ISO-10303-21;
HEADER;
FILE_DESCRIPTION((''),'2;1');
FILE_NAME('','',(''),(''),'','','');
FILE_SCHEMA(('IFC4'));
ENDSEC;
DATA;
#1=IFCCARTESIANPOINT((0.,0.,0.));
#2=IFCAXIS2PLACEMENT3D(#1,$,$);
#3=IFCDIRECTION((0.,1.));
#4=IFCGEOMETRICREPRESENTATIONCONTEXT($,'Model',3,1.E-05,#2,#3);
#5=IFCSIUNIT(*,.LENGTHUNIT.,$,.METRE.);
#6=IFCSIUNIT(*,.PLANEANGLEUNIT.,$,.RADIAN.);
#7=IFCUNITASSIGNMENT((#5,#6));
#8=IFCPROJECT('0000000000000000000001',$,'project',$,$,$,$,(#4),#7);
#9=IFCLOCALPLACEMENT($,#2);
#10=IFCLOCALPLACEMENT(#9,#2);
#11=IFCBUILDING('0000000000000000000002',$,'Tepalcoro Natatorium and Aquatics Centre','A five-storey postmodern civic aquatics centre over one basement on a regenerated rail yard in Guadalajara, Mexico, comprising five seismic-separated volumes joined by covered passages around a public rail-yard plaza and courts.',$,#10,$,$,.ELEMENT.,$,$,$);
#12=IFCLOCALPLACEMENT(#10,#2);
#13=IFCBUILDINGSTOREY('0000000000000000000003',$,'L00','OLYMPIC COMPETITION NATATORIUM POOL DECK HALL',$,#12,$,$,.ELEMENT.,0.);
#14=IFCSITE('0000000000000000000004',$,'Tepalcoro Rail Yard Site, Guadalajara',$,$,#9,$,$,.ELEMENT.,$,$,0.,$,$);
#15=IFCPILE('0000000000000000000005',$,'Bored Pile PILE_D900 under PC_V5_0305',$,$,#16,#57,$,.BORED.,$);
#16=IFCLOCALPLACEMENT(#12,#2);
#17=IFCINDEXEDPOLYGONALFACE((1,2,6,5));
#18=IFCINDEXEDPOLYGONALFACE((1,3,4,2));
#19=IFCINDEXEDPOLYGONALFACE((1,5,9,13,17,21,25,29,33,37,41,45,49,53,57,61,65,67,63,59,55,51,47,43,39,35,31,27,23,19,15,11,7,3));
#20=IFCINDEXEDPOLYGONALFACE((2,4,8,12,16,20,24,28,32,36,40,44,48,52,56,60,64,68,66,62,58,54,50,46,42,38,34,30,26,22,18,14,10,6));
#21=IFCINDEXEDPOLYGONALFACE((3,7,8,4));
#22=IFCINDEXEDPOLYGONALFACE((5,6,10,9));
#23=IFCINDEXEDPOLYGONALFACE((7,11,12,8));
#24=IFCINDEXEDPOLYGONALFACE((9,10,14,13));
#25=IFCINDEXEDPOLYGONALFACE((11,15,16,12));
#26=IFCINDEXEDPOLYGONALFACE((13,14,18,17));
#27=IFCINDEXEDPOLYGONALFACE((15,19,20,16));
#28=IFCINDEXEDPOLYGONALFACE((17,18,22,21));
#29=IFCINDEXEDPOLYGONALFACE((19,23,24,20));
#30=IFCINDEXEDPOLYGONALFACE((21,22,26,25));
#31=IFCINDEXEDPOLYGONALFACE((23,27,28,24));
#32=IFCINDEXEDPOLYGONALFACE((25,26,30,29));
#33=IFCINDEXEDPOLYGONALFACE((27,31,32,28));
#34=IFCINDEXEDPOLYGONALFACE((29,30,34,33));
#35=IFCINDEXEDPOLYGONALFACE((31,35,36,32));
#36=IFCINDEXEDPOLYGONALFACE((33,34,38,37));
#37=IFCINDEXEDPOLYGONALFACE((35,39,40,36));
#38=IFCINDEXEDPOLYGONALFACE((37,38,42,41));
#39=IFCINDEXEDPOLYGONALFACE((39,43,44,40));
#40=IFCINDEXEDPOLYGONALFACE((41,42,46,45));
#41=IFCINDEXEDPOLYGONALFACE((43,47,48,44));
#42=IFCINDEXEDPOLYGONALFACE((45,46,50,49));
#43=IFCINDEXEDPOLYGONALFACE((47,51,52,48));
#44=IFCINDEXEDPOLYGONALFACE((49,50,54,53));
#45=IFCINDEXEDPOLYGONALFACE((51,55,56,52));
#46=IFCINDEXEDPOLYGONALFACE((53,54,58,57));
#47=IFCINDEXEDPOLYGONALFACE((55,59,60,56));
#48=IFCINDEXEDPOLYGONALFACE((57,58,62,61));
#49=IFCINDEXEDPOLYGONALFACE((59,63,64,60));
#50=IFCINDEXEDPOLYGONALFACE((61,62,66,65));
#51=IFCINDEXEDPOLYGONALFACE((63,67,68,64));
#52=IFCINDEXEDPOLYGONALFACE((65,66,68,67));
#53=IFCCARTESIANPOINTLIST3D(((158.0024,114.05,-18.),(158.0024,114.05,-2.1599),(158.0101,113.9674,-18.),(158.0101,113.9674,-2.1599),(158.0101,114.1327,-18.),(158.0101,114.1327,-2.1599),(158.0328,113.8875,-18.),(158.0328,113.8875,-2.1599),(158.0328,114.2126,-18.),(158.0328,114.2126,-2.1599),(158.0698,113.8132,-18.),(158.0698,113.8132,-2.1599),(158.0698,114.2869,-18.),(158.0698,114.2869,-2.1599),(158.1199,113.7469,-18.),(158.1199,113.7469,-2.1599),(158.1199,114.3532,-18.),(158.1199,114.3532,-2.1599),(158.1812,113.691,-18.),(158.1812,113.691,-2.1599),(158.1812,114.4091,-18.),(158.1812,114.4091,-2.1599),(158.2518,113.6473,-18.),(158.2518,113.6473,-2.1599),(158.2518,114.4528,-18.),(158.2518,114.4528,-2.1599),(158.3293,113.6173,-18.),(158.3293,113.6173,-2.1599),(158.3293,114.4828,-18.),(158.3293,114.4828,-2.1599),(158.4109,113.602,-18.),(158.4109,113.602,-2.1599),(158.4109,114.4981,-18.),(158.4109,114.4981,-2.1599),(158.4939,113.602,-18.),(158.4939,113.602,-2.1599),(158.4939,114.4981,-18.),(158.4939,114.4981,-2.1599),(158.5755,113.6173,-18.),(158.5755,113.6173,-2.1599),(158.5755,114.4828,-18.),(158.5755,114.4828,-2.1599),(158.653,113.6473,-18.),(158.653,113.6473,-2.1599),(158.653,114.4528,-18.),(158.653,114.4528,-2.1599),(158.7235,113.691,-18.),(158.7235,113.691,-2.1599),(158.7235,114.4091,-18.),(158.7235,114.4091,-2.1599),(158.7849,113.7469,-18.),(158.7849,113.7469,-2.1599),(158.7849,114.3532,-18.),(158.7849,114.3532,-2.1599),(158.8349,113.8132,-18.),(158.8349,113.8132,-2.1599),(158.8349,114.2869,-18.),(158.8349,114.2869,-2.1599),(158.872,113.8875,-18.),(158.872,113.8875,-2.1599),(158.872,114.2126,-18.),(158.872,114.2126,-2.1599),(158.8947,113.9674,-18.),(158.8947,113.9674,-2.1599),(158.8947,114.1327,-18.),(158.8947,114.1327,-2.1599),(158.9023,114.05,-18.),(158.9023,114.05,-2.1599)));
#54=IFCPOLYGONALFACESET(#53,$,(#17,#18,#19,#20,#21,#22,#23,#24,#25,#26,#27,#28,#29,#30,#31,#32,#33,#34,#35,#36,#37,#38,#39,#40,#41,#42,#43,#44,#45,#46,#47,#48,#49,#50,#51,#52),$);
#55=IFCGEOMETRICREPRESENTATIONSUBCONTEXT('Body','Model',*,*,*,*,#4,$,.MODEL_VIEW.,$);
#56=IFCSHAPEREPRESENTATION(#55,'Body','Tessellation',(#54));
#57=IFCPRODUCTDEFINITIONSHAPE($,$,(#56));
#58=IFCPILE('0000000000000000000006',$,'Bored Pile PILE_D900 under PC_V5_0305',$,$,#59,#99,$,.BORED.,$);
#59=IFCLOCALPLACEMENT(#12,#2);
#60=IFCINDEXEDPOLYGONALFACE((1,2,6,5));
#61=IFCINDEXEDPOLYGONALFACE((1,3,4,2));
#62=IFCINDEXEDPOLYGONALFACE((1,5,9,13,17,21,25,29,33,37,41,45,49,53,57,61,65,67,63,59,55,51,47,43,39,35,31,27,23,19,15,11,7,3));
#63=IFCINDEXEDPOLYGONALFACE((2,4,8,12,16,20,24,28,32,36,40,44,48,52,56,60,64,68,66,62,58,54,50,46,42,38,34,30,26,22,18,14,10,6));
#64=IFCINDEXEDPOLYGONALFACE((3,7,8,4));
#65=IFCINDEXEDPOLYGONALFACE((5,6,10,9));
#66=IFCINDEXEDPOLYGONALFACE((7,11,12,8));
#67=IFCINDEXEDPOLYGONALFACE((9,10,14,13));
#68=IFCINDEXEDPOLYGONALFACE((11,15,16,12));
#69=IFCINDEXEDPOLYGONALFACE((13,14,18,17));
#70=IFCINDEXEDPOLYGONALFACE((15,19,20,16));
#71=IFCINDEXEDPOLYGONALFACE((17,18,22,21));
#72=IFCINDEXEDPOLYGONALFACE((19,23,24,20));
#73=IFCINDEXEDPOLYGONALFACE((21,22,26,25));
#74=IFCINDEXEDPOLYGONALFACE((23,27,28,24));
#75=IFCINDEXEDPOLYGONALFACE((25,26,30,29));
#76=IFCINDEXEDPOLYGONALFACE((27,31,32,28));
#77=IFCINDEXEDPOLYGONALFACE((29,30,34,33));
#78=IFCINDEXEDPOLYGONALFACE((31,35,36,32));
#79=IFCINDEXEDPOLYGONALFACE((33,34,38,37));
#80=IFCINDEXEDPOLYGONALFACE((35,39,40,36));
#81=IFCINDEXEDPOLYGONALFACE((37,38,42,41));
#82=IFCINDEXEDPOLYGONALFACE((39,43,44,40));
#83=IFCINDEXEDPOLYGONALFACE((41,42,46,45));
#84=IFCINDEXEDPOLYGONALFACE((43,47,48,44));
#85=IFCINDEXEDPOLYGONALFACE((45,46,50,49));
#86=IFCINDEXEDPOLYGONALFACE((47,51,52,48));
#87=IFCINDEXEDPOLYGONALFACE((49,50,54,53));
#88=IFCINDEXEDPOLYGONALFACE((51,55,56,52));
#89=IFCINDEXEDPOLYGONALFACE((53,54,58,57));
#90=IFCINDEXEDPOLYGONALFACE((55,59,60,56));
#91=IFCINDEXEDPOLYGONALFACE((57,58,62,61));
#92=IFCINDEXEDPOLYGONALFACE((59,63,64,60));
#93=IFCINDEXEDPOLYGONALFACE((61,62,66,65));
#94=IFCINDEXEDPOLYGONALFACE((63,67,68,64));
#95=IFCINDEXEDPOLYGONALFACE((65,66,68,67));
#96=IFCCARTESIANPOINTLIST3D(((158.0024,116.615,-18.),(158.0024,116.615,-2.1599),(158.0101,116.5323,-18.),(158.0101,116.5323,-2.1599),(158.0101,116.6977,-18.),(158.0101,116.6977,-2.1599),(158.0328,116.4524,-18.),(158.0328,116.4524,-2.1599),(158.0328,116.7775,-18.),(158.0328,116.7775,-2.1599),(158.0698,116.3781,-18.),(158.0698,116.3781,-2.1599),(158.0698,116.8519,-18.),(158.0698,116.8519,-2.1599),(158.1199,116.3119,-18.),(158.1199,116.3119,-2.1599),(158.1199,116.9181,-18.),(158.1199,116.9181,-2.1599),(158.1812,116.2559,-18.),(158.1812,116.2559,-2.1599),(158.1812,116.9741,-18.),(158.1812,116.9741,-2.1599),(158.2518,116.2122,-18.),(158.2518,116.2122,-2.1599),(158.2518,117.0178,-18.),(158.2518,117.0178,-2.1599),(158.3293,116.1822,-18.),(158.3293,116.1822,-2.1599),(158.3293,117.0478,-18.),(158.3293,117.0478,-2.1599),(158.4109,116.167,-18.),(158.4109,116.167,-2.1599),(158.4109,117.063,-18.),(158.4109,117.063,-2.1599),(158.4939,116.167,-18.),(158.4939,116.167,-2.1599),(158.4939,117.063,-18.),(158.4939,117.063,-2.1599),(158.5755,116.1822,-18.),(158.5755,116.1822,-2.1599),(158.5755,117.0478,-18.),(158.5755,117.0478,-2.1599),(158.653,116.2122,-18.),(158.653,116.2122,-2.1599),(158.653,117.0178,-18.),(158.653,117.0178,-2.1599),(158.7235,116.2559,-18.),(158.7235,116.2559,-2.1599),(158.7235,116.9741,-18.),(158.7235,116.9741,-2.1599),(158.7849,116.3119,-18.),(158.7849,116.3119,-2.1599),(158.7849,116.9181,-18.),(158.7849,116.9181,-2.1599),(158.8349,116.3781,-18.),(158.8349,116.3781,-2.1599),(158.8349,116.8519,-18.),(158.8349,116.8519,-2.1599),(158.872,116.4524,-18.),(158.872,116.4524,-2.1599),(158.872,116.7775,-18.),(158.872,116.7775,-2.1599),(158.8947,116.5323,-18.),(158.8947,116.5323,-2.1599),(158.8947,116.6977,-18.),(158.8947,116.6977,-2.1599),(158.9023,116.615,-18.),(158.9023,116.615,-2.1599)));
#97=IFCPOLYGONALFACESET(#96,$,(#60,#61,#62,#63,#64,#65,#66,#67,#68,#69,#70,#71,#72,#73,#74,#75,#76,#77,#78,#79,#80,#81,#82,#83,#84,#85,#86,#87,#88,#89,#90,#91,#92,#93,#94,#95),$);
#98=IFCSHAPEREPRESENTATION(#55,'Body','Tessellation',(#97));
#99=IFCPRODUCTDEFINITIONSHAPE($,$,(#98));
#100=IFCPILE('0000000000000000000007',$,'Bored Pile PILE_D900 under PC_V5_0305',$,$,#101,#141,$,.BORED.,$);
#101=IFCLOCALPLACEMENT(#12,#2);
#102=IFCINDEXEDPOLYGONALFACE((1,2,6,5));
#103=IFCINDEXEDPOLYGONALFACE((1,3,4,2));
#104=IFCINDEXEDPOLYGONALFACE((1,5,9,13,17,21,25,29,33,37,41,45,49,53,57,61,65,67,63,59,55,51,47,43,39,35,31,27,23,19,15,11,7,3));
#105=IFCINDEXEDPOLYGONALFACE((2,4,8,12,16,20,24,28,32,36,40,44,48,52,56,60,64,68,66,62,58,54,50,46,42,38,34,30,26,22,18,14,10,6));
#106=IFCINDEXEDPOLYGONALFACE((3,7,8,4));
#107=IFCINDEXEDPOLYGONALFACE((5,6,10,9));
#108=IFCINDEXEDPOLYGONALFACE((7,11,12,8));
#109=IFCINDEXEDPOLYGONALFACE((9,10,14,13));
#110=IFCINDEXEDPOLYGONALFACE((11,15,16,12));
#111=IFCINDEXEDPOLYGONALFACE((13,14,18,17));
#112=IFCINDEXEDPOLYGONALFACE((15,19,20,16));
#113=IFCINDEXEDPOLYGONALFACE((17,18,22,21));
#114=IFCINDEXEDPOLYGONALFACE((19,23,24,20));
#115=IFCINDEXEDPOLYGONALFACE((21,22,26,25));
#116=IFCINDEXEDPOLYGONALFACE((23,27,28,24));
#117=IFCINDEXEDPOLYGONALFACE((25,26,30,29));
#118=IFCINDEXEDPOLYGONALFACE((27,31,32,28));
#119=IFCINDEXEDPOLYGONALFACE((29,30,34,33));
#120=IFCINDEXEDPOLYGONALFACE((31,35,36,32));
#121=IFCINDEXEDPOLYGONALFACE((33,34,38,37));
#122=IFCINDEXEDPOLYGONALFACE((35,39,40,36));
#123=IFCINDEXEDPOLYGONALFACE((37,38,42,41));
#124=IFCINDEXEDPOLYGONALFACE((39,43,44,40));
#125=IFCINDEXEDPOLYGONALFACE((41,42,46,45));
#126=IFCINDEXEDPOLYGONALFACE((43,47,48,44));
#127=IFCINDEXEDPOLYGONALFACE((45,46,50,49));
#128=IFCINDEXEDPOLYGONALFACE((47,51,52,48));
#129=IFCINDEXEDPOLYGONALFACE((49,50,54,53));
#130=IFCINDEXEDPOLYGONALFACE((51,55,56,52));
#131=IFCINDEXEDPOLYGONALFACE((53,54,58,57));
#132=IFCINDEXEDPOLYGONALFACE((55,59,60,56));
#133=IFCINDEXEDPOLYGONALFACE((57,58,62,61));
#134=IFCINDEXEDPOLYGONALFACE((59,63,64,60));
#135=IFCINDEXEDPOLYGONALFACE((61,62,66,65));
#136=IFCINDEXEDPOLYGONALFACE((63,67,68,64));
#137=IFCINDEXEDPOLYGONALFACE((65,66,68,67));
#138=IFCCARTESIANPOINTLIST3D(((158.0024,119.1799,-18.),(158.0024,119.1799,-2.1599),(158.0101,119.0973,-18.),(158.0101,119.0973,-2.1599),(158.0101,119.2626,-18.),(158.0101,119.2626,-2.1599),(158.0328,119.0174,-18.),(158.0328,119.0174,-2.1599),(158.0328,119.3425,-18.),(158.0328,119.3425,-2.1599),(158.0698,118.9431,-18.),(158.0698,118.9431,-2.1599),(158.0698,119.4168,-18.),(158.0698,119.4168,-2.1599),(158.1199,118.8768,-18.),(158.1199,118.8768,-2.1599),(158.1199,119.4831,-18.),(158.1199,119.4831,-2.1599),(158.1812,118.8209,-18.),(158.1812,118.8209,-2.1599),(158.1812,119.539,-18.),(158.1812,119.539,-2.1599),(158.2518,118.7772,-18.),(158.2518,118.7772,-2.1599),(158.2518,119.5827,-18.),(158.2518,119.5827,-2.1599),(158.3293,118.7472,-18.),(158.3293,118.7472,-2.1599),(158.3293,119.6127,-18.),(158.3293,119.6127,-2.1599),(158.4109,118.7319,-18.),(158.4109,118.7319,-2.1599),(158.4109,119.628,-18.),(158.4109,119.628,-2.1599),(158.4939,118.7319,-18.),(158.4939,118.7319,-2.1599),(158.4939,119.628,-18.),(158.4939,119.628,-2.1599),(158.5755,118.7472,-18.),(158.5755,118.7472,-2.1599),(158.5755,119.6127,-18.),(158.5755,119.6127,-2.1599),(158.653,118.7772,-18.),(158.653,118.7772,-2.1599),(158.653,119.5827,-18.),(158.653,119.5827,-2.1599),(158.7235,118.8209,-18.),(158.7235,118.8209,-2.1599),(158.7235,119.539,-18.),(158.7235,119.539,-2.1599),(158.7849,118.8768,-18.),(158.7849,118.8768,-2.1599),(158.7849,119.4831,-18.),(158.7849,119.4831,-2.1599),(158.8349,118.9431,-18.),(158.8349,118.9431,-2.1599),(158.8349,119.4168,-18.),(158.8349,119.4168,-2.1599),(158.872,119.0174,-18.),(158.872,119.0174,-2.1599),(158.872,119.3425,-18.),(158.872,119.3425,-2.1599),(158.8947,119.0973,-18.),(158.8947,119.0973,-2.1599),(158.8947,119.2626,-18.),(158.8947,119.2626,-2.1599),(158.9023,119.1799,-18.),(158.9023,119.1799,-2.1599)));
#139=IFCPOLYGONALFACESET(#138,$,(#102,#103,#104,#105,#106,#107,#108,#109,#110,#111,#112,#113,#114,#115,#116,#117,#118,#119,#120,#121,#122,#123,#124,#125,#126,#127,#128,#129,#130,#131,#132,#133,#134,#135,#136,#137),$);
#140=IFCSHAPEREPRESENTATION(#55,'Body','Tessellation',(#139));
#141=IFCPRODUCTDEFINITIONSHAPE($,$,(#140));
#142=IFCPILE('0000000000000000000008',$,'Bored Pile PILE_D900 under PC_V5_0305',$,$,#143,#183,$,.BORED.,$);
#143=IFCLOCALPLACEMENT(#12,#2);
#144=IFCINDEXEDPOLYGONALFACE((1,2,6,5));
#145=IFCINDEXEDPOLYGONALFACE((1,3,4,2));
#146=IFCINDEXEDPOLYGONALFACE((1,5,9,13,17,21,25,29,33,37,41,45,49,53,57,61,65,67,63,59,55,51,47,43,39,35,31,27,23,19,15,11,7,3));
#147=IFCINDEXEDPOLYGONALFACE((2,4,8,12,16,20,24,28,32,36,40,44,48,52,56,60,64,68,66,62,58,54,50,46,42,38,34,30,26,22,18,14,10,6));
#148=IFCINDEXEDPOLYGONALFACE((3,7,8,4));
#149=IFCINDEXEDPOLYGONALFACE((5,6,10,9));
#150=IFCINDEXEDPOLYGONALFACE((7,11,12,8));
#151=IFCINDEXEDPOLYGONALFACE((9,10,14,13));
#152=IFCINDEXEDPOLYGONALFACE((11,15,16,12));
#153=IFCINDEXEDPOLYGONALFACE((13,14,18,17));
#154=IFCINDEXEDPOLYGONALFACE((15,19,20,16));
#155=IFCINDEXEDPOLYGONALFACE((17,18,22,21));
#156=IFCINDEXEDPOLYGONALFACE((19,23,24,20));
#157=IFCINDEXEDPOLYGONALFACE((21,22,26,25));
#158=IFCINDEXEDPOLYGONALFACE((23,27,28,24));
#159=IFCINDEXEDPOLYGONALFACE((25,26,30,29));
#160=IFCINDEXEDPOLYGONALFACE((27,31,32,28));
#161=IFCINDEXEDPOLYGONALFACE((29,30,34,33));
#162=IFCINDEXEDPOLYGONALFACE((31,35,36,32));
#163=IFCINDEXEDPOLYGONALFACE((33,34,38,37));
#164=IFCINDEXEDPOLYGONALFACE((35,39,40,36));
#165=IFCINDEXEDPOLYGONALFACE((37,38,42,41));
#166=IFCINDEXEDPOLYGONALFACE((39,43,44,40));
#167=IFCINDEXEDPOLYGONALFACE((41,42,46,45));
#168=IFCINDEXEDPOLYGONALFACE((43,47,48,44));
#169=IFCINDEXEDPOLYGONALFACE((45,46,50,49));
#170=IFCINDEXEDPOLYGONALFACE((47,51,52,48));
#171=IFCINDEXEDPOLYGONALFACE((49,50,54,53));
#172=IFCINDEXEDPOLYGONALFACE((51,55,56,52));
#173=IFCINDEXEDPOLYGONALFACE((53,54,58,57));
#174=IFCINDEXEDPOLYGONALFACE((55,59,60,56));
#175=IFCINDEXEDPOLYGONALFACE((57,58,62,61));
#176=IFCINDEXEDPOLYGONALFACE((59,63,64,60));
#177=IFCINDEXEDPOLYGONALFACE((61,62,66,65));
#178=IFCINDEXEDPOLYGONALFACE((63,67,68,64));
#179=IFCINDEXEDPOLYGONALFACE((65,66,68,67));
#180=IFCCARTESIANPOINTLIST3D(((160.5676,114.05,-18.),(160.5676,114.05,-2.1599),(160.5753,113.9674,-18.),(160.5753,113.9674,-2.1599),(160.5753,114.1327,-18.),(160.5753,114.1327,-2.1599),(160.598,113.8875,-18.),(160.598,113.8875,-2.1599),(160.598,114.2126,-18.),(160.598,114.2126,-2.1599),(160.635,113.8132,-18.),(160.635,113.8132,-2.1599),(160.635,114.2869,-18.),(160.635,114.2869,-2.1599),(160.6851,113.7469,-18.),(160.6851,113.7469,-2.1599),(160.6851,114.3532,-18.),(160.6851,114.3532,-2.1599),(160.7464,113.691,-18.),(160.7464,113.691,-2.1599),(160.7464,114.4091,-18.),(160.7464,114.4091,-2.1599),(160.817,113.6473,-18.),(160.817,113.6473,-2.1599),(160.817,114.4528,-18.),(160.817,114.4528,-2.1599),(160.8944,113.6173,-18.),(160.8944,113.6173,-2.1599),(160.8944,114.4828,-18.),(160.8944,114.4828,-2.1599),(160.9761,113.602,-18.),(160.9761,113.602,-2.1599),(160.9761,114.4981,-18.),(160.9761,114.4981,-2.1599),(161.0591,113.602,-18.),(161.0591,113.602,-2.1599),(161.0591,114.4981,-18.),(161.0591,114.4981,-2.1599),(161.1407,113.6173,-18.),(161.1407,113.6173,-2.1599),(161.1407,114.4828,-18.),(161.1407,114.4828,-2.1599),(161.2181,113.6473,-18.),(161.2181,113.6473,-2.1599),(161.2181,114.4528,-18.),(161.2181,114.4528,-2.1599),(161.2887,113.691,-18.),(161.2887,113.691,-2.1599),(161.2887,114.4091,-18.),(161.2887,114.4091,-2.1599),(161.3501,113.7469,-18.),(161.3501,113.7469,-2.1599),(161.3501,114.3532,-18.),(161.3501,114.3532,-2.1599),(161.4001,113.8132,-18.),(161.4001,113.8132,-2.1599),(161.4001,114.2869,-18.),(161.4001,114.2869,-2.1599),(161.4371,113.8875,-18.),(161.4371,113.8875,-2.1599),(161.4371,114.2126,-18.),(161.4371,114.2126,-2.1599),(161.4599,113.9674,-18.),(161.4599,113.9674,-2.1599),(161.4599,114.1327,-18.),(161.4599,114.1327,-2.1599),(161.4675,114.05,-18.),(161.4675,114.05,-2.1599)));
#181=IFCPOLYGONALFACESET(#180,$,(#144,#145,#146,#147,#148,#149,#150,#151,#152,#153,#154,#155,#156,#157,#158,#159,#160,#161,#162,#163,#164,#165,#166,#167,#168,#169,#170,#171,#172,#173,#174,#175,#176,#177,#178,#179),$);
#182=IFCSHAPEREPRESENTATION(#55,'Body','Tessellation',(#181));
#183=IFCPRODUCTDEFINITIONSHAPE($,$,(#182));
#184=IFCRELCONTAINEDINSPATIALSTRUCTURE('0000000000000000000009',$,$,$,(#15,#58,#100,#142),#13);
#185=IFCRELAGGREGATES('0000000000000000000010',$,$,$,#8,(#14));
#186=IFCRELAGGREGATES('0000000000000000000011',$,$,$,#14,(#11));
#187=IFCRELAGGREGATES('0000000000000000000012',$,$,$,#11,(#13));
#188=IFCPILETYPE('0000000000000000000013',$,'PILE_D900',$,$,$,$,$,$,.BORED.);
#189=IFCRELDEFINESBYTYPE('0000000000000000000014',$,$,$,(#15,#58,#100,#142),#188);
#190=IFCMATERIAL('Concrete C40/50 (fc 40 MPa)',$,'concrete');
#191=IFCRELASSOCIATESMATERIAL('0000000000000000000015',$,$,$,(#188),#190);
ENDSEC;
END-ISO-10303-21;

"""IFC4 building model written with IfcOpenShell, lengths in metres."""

from ifc_helpers import new_model, si_unit, direction, frame, origin, origin_2d, place, context, subcontext, project, spatial, circle, extrude, material, material_profile, profile_set, type_object, element, save


model = new_model("IFC4")

# Units and contexts
model_context = context("Model", 3, precision=1e-05, world=origin(), true_north=direction((0.0, 1.0)))
body_context = subcontext(model_context, "Body", "Model", "MODEL_VIEW")
ifc_project = project(units=[si_unit("LENGTHUNIT", "METRE"), si_unit("PLANEANGLEUNIT", "RADIAN")], contexts=[model_context])

# Site, building, storey
site_placement = place(None, origin())
site = spatial("IfcSite", under=ifc_project, at=site_placement, Name="Tepalcoro Rail Yard Site, Guadalajara", CompositionType="ELEMENT", RefElevation=0.0)
building_placement = place(site_placement, origin())
building = spatial("IfcBuilding", under=site, at=building_placement, Name="Tepalcoro Natatorium and Aquatics Centre", Description="A five-storey postmodern civic aquatics centre over one basement on a regenerated rail yard in Guadalajara, Mexico, comprising five seismic-separated volumes joined by covered passages around a public rail-yard plaza and courts.", CompositionType="ELEMENT")
storey_placement = place(building_placement, origin())
storey = spatial("IfcBuildingStorey", under=building, at=storey_placement, Name="L00", Description="OLYMPIC COMPETITION NATATORIUM POOL DECK HALL", CompositionType="ELEMENT", Elevation=0.0)

# Piles
ifc_material_1 = material(Name="Concrete C40/50 (fc 40 MPa)", Category="concrete")
ifc_material_profile_1 = material_profile(ifc_material_1, circle(Radius=0.45, at=origin_2d()), Name="PILE_D900")
ifc_profile_set_1 = profile_set([ifc_material_profile_1], Name="Concrete C40/50 (fc 40 MPa)")
pile_type = type_object("IfcPileType", Name="PILE_D900", PredefinedType="BORED", material=ifc_profile_set_1)
for number, where, z_axis, x_axis, name in (
    (1, (158.4524, 114.05, -2.1599), (0.0, 0.0, -1.0), (1.0, 0.0, 0.0), "Bored Pile PILE_D900 under PC_V5_0305"),
    (2, (158.4524, 116.615, -2.1599), (0.0, 0.0, -1.0), (1.0, 0.0, 0.0), "Bored Pile PILE_D900 under PC_V5_0305"),
    (3, (158.4524, 119.1799, -2.1599), (0.0, 0.0, -1.0), (1.0, 0.0, 0.0), "Bored Pile PILE_D900 under PC_V5_0305"),
    (4, (161.0176, 114.05, -2.1599), (0.0, 0.0, -1.0), (1.0, 0.0, 0.0), "Bored Pile PILE_D900 under PC_V5_0305"),
):
    element("IfcPile", number, at=place(storey_placement, frame(where, z_axis=z_axis, x_axis=x_axis)), inside=storey, type_object=pile_type, Name=name, PredefinedType="BORED", context=body_context, shape_type="SweptSolid", body=[
        extrude(circle(Radius=0.45, at=origin_2d()), origin(), (0.0, 0.0, 1.0), 15.8401),
    ])

save(model, "model.ifc")
